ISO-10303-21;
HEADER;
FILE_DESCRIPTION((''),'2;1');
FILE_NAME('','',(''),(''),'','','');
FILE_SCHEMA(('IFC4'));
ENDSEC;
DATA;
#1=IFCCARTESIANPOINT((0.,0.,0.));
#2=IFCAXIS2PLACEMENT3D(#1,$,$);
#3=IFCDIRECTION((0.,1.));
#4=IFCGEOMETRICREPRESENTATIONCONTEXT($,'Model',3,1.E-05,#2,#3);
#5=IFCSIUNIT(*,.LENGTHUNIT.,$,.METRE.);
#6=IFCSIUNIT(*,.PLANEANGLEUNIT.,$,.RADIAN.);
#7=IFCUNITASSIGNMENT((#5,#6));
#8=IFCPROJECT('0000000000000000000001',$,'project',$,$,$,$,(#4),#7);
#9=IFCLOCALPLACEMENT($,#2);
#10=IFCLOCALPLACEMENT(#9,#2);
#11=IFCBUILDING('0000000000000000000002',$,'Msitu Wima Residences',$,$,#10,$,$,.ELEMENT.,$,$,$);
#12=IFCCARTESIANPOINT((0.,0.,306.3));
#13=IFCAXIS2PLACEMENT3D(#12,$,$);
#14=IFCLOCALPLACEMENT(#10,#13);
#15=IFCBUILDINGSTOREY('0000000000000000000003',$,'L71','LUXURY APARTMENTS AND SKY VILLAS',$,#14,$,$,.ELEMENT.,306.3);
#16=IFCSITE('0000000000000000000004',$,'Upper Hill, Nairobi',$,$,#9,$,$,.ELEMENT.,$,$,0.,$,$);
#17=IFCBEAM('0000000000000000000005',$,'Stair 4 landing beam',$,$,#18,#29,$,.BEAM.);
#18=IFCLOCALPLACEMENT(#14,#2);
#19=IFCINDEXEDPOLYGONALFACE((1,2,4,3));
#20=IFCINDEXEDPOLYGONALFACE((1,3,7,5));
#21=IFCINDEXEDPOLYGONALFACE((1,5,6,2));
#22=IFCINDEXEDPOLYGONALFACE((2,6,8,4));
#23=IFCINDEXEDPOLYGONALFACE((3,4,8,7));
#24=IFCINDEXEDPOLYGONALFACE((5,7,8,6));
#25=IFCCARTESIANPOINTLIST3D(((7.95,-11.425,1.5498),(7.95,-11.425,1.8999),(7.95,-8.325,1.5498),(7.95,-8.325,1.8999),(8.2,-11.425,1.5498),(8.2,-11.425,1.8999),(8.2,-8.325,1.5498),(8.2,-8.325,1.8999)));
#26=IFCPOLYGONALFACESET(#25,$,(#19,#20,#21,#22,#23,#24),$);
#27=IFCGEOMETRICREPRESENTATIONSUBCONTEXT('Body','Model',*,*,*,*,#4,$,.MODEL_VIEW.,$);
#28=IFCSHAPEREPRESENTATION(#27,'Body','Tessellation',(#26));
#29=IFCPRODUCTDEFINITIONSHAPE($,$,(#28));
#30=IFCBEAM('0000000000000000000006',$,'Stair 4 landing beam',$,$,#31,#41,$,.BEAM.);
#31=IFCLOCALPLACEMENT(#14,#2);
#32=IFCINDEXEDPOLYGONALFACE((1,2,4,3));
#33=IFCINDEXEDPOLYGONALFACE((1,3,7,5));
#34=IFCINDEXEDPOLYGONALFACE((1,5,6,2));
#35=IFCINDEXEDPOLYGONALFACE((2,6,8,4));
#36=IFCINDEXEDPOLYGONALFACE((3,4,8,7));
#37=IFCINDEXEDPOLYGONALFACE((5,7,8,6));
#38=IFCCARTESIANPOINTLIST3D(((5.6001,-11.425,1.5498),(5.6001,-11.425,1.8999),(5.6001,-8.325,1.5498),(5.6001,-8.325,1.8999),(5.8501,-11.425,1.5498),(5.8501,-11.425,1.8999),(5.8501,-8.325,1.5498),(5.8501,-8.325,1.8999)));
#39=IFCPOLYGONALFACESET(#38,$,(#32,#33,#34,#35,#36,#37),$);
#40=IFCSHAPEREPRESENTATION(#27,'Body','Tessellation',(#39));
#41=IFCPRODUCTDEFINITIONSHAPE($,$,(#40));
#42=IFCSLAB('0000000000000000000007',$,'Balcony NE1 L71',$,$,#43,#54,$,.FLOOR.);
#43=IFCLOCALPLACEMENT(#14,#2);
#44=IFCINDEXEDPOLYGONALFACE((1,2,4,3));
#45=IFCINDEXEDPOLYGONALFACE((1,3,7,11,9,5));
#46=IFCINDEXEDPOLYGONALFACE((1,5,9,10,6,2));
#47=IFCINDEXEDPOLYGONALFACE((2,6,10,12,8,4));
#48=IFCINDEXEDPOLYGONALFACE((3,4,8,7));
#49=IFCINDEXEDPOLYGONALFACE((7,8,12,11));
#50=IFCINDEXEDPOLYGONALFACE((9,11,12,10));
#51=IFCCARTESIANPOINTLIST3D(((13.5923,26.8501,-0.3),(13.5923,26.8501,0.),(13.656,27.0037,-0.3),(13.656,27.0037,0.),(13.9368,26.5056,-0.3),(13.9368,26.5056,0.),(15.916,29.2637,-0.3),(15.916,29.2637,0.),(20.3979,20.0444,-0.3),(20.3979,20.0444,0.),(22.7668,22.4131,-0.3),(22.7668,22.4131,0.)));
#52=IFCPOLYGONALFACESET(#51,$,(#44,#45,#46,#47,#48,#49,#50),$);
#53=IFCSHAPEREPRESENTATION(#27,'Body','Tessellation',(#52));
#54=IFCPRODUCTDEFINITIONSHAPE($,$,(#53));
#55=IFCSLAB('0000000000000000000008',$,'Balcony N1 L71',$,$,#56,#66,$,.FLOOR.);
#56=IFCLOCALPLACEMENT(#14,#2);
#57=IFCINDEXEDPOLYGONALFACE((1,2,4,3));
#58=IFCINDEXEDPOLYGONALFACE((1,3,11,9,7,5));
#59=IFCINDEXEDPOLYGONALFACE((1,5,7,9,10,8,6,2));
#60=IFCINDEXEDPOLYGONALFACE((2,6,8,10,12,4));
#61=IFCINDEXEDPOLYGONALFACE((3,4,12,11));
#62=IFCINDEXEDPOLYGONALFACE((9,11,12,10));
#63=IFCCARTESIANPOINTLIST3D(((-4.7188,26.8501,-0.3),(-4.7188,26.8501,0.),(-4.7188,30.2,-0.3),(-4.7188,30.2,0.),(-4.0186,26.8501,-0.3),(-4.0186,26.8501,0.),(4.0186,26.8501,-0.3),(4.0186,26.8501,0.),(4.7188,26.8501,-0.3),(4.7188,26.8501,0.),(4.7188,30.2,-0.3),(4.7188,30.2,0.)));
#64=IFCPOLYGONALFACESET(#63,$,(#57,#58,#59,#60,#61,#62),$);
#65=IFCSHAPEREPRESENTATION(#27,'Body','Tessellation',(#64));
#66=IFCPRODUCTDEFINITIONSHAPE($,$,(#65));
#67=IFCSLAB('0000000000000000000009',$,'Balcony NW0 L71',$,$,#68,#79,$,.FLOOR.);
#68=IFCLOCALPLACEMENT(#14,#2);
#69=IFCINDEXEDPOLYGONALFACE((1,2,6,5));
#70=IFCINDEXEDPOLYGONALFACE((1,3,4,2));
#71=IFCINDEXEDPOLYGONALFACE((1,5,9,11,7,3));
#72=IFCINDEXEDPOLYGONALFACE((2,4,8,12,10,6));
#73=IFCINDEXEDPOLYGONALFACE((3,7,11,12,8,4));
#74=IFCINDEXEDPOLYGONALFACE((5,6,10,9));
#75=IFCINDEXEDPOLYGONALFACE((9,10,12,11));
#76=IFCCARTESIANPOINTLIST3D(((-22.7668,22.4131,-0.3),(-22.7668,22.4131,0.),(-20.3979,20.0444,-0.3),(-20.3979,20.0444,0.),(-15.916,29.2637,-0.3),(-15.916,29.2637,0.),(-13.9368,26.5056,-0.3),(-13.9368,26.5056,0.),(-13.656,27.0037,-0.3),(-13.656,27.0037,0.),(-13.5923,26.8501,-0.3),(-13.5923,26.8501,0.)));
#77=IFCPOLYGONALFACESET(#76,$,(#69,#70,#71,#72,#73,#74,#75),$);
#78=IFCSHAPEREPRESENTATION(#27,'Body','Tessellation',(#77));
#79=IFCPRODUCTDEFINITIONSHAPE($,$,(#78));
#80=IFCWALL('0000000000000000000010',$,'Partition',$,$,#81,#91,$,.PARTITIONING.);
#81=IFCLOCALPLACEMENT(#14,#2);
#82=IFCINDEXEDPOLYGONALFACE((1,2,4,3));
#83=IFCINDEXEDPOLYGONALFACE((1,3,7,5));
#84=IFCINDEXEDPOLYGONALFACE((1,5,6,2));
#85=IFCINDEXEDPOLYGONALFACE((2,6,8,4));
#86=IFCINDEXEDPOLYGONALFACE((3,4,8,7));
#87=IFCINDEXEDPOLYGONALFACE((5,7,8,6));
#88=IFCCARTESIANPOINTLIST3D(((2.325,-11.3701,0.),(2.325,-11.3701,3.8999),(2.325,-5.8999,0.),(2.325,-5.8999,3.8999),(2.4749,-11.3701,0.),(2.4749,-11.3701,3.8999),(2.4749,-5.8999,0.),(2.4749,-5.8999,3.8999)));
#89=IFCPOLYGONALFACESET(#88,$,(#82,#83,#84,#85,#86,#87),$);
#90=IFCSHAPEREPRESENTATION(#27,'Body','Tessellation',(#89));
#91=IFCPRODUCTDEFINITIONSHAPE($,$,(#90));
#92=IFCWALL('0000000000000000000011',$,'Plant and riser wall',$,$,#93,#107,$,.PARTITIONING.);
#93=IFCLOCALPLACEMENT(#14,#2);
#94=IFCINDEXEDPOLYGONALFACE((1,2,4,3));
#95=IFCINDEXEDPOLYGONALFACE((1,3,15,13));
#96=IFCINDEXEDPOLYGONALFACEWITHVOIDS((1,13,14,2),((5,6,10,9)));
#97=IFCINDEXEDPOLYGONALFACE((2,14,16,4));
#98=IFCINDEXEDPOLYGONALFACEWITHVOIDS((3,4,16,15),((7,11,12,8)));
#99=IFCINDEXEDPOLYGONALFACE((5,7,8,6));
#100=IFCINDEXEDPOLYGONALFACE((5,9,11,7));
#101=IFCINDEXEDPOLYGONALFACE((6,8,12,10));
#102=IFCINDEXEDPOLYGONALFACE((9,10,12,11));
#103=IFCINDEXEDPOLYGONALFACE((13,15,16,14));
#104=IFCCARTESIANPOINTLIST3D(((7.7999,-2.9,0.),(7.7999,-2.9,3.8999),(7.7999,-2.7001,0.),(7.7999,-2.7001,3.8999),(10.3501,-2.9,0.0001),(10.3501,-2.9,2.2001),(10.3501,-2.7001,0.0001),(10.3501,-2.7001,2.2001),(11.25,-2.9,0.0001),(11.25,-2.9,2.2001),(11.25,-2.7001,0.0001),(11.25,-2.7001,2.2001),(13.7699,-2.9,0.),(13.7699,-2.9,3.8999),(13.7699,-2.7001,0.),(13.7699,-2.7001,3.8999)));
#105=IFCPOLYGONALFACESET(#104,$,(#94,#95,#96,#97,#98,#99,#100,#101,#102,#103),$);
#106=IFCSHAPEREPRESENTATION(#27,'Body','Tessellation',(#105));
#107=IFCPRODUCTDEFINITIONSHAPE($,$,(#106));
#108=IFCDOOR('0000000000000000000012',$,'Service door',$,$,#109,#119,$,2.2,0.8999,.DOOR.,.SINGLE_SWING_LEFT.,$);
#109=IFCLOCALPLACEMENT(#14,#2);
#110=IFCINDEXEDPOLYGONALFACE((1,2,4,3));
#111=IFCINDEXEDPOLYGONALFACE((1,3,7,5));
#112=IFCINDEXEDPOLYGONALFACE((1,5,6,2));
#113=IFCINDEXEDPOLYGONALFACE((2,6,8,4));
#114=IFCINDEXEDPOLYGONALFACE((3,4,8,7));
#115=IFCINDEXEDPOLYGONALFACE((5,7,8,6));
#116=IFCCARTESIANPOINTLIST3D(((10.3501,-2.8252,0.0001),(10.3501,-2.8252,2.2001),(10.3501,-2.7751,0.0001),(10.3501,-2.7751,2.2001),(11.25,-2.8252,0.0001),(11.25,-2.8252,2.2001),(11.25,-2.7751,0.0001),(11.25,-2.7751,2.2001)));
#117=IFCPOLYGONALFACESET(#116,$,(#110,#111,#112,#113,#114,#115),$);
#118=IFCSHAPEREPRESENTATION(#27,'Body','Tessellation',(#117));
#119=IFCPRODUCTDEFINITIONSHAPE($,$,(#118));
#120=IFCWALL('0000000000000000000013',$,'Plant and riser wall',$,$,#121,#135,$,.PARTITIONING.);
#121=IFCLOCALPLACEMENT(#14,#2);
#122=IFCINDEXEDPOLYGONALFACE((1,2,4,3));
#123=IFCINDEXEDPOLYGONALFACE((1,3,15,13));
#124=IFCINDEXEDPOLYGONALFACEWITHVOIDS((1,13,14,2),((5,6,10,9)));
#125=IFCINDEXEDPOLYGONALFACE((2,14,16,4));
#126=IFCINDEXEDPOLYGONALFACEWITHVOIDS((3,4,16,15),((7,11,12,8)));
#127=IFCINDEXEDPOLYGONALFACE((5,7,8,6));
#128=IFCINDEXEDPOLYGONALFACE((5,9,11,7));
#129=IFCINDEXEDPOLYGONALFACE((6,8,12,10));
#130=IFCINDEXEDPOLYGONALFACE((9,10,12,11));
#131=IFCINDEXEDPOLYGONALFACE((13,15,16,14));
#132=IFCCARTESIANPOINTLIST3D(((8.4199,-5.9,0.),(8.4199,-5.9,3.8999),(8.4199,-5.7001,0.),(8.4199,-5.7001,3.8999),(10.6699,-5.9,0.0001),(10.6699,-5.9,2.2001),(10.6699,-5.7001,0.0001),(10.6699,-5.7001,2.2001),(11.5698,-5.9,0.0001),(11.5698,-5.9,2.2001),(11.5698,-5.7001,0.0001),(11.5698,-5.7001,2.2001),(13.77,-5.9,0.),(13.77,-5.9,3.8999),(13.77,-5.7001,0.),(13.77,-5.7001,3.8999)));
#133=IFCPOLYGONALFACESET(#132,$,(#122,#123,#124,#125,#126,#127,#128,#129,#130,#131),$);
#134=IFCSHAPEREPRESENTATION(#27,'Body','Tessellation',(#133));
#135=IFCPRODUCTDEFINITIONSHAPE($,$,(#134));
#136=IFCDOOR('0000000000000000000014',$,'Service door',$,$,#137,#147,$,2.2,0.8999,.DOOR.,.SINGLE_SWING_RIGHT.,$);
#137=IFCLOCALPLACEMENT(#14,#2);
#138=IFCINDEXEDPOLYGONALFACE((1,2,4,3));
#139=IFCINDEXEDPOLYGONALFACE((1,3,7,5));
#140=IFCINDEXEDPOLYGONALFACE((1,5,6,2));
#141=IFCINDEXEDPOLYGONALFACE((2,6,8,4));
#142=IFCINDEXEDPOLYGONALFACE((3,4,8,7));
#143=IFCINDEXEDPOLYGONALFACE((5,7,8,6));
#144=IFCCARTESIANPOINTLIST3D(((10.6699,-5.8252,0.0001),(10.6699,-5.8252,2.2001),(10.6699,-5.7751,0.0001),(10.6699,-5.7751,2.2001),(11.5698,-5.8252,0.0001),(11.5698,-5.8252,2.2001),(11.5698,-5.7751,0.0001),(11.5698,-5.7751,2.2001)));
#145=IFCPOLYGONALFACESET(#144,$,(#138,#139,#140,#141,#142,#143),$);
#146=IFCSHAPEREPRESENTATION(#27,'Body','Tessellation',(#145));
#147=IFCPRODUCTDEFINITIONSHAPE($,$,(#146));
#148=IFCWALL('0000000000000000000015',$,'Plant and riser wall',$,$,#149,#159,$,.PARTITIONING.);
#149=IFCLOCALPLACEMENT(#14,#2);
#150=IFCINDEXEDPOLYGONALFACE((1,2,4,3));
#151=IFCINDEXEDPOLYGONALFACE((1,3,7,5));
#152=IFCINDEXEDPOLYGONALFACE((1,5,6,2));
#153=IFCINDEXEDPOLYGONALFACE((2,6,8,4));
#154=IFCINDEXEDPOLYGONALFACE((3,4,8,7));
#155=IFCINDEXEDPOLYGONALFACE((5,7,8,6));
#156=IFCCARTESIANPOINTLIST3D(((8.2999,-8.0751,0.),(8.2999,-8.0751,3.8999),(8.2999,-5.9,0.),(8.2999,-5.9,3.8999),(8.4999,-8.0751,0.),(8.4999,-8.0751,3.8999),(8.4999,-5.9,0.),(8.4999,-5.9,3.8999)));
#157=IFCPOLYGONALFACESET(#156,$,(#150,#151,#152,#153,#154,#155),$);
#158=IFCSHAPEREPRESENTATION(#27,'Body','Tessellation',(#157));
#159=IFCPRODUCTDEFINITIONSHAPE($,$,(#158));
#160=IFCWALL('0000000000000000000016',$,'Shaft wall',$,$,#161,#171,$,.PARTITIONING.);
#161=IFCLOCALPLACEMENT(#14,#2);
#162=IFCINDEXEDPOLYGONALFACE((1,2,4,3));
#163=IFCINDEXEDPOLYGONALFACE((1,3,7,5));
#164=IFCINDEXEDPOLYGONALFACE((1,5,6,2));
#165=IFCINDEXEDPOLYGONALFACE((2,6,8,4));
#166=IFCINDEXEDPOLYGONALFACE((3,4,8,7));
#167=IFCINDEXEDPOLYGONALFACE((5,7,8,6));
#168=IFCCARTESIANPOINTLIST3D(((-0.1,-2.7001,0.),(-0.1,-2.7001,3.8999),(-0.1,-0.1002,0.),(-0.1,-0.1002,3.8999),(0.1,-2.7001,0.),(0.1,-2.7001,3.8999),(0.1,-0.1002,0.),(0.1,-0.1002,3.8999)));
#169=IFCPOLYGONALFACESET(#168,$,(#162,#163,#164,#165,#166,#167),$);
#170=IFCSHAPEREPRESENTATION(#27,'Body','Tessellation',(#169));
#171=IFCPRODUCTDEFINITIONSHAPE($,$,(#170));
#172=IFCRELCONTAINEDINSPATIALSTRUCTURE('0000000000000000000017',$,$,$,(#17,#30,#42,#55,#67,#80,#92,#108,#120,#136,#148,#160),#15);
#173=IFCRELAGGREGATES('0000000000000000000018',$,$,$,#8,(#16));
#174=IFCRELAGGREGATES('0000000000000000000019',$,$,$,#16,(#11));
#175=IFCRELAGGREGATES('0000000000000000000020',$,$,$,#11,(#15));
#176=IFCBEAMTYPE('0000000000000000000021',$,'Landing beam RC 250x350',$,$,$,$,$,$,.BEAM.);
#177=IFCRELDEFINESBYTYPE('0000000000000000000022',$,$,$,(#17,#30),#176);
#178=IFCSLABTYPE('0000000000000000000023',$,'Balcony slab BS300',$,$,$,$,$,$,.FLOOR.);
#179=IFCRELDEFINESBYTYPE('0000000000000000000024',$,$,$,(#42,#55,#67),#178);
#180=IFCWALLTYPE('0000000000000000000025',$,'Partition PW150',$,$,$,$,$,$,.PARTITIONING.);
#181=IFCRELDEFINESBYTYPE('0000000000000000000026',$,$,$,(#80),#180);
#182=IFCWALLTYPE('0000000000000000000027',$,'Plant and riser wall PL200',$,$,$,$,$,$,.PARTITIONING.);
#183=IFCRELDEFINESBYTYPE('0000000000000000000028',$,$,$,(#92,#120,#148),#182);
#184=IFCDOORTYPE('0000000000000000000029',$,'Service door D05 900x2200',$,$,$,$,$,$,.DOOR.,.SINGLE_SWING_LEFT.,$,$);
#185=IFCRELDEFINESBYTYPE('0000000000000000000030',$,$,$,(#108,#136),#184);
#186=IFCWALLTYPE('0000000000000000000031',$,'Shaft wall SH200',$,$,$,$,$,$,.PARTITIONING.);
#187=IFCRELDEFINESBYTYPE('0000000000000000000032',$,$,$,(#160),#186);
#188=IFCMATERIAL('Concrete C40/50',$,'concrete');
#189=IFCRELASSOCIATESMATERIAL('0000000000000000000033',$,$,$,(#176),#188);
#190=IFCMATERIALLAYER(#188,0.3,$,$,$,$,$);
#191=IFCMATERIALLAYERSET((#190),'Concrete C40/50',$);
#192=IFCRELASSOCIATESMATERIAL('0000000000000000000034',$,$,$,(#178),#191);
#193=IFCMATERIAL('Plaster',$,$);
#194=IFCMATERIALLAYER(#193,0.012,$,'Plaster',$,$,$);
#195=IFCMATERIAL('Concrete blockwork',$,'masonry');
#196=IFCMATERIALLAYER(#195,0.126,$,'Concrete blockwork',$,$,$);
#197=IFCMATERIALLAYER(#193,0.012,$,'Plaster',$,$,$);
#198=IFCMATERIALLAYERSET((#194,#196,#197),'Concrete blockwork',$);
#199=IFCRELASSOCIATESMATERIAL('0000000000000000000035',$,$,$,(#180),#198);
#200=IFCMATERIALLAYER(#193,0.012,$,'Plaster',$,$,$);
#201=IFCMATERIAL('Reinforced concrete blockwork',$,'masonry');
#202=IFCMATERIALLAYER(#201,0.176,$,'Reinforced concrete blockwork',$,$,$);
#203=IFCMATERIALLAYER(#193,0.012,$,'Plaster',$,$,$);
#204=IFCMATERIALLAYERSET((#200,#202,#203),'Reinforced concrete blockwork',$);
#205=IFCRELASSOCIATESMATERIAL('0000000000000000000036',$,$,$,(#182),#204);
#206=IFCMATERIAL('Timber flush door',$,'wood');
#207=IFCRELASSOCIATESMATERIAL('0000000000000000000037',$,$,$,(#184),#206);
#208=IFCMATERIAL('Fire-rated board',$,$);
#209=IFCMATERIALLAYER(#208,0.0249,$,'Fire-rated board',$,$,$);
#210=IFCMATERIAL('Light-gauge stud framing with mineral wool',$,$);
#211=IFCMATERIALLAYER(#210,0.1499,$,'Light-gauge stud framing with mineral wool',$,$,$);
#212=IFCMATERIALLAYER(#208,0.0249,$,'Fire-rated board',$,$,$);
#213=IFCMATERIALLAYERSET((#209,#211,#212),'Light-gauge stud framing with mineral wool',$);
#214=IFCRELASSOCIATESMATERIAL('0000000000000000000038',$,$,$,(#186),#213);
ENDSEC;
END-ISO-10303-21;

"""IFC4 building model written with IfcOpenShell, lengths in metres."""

from ifc_helpers import new_model, si_unit, direction, frame, frame_2d, origin, origin_2d, place, context, subcontext, project, spatial, polyline, rectangle, outline, extrude, material, layer, layer_set, material_profile, profile_set, type_object, element, fill, save


model = new_model("IFC4")

# Units and contexts
model_context = context("Model", 3, precision=1e-05, world=origin(), true_north=direction((0.0, 1.0)))
body_context = subcontext(model_context, "Body", "Model", "MODEL_VIEW")
ifc_project = project(units=[si_unit("LENGTHUNIT", "METRE"), si_unit("PLANEANGLEUNIT", "RADIAN")], contexts=[model_context])

# Site, building, storey
site_placement = place(None, origin())
site = spatial("IfcSite", under=ifc_project, at=site_placement, Name="Upper Hill, Nairobi", CompositionType="ELEMENT", RefElevation=0.0)
building_placement = place(site_placement, origin())
building = spatial("IfcBuilding", under=site, at=building_placement, Name="Msitu Wima Residences", CompositionType="ELEMENT")
storey_placement = place(building_placement, frame((0.0, 0.0, 306.3)))
storey = spatial("IfcBuildingStorey", under=building, at=storey_placement, Name="L71", Description="LUXURY APARTMENTS AND SKY VILLAS", CompositionType="ELEMENT", Elevation=306.3)

# Beams
ifc_material_1 = material(Name="Concrete C40/50", Category="concrete")
ifc_material_profile = material_profile(ifc_material_1, rectangle(XDim=0.25, YDim=0.3501, at=origin_2d()), Name="RC 250x350")
ifc_profile_set = profile_set([ifc_material_profile], Name="Concrete C40/50")
beam_type = type_object("IfcBeamType", Name="Landing beam RC 250x350", PredefinedType="BEAM", material=ifc_profile_set)
for number, where, z_axis, x_axis, name in (
    (1, (8.075, -11.425, 1.7249), (0.0, 1.0, 0.0), (-1.0, 0.0, 0.0), "Stair 4 landing beam"),
    (2, (5.7251, -11.425, 1.7249), (0.0, 1.0, 0.0), (-1.0, 0.0, 0.0), "Stair 4 landing beam"),
):
    element("IfcBeam", number, at=place(storey_placement, frame(where, z_axis=z_axis, x_axis=x_axis)), inside=storey, type_object=beam_type, Name=name, PredefinedType="BEAM", context=body_context, shape_type="SweptSolid", body=[
        extrude(rectangle(XDim=0.25, YDim=0.3501, at=origin_2d()), origin(), (0.0, 0.0, 1.0), 3.1001),
    ])

# Slabs
ifc_layer_1 = layer(ifc_material_1, 0.3)
ifc_layer_set_1 = layer_set([ifc_layer_1], Name="Concrete C40/50")
slab_type = type_object("IfcSlabType", Name="Balcony slab BS300", PredefinedType="FLOOR", material=ifc_layer_set_1)
slab_1_placement = place(storey_placement, frame((0.0, 0.0, -0.3)))
element("IfcSlab", 3, at=slab_1_placement, inside=storey, type_object=slab_type, Name="Balcony NE1 L71", PredefinedType="FLOOR", context=body_context, shape_type="SweptSolid", body=[
    extrude(outline(polyline([(13.9368, 26.5056), (13.9368, 26.5056), (13.5923, 26.8501), (13.656, 27.0037), (15.916, 29.2637), (22.7668, 22.4131), (20.3979, 20.0444), (13.9368, 26.5056), (13.9368, 26.5056)])), origin(), (0.0, 0.0, 1.0), 0.3),
])
slab_2_placement = place(storey_placement, frame((0.0, 0.0, -0.3)))
element("IfcSlab", 4, at=slab_2_placement, inside=storey, type_object=slab_type, Name="Balcony N1 L71", PredefinedType="FLOOR", context=body_context, shape_type="SweptSolid", body=[
    extrude(outline(polyline([(4.0186, 26.8501), (-4.0186, 26.8501), (-4.7188, 26.8501), (-4.7188, 30.2), (4.7188, 30.2), (4.7188, 26.8501), (4.0186, 26.8501)])), origin(), (0.0, 0.0, 1.0), 0.3),
])
slab_3_placement = place(storey_placement, frame((0.0, 0.0, -0.3)))
element("IfcSlab", 5, at=slab_3_placement, inside=storey, type_object=slab_type, Name="Balcony NW0 L71", PredefinedType="FLOOR", context=body_context, shape_type="SweptSolid", body=[
    extrude(outline(polyline([(-13.9368, 26.5056), (-13.9368, 26.5056), (-20.3979, 20.0444), (-22.7668, 22.4131), (-15.916, 29.2637), (-13.656, 27.0037), (-13.5923, 26.8501), (-13.9368, 26.5056), (-13.9368, 26.5056)])), origin(), (0.0, 0.0, 1.0), 0.3),
])

# Wall
ifc_material_2 = material(Name="Plaster")
ifc_layer_2 = layer(ifc_material_2, 0.012, Name="Plaster")
ifc_material_3 = material(Name="Concrete blockwork", Category="masonry")
ifc_layer_3 = layer(ifc_material_3, 0.126, Name="Concrete blockwork")
ifc_layer_4 = layer(ifc_material_2, 0.012, Name="Plaster")
ifc_layer_set_2 = layer_set([ifc_layer_2, ifc_layer_3, ifc_layer_4], Name="Concrete blockwork")
wall_type_1 = type_object("IfcWallType", Name="Partition PW150", PredefinedType="PARTITIONING", material=ifc_layer_set_2)
wall_1_placement = place(storey_placement, frame((2.3999, -11.3701, 0.0), z_axis=(0.0, 0.0, 1.0), x_axis=(0.0, 1.0, 0.0)))
element("IfcWall", 6, at=wall_1_placement, inside=storey, type_object=wall_type_1, Name="Partition", PredefinedType="PARTITIONING", context=body_context, shape_type="SweptSolid", body=[
    extrude(rectangle(XDim=5.4702, YDim=0.1499, at=frame_2d((2.7351, 0.0))), origin(), (0.0, 0.0, 1.0), 3.8999),
])

# Walls, openings, doors
ifc_layer_5 = layer(ifc_material_2, 0.012, Name="Plaster")
ifc_material_4 = material(Name="Reinforced concrete blockwork", Category="masonry")
ifc_layer_6 = layer(ifc_material_4, 0.176, Name="Reinforced concrete blockwork")
ifc_layer_7 = layer(ifc_material_2, 0.012, Name="Plaster")
ifc_layer_set_3 = layer_set([ifc_layer_5, ifc_layer_6, ifc_layer_7], Name="Reinforced concrete blockwork")
wall_type_2 = type_object("IfcWallType", Name="Plant and riser wall PL200", PredefinedType="PARTITIONING", material=ifc_layer_set_3)
wall_2_placement = place(storey_placement, frame((7.8, -2.8, 0.0), z_axis=(0.0, 0.0, 1.0), x_axis=(1.0, 0.0, 0.0)))
wall_2 = element("IfcWall", 7, at=wall_2_placement, inside=storey, type_object=wall_type_2, Name="Plant and riser wall", PredefinedType="PARTITIONING", context=body_context, shape_type="SweptSolid", body=[
    extrude(rectangle(XDim=5.97, YDim=0.2, at=frame_2d((2.9849, 0.0))), origin(), (0.0, 0.0, 1.0), 3.8999),
])
opening_1_placement = place(wall_2_placement, frame((2.55, 0.0, 0.0)))
opening_1 = element("IfcOpeningElement", 8, at=opening_1_placement, cuts=wall_2, PredefinedType="OPENING", context=body_context, shape_type="SweptSolid", body=[
    extrude(rectangle(XDim=0.8999, YDim=2.2, at=frame_2d((0.45, 1.1001))), frame((0.0, 0.1099, 0.0), z_axis=(0.0, -1.0, 0.0), x_axis=(1.0, 0.0, 0.0)), (0.0, 0.0, 1.0), 0.22),
])
ifc_material_5 = material(Name="Timber flush door", Category="wood")
door_type = type_object("IfcDoorType", Name="Service door D05 900x2200", OperationType="SINGLE_SWING_LEFT", PredefinedType="DOOR", material=ifc_material_5)
door_1_placement = place(opening_1_placement, origin())
door_1 = element("IfcDoor", 9, at=door_1_placement, inside=storey, type_object=door_type, Name="Service door", OperationType="SINGLE_SWING_LEFT", OverallHeight=2.2, OverallWidth=0.8999, PredefinedType="DOOR", context=body_context, shape_type="SweptSolid", body=[
    extrude(rectangle(XDim=0.8999, YDim=2.2, at=frame_2d((0.45, 1.1001))), frame((0.0, 0.0249, 0.0), z_axis=(0.0, -1.0, 0.0), x_axis=(1.0, 0.0, 0.0)), (0.0, 0.0, 1.0), 0.05),
])
fill(opening_1, door_1)
wall_3_placement = place(storey_placement, frame((8.4199, -5.8, 0.0), z_axis=(0.0, 0.0, 1.0), x_axis=(1.0, 0.0, 0.0)))
wall_3 = element("IfcWall", 10, at=wall_3_placement, inside=storey, type_object=wall_type_2, Name="Plant and riser wall", PredefinedType="PARTITIONING", context=body_context, shape_type="SweptSolid", body=[
    extrude(rectangle(XDim=5.3501, YDim=0.2, at=frame_2d((2.675, 0.0))), origin(), (0.0, 0.0, 1.0), 3.8999),
])
opening_2_placement = place(wall_3_placement, frame((2.25, 0.0, 0.0)))
opening_2 = element("IfcOpeningElement", 11, at=opening_2_placement, cuts=wall_3, PredefinedType="OPENING", context=body_context, shape_type="SweptSolid", body=[
    extrude(rectangle(XDim=0.8999, YDim=2.2, at=frame_2d((0.45, 1.1001))), frame((0.0, 0.1099, 0.0), z_axis=(0.0, -1.0, 0.0), x_axis=(1.0, 0.0, 0.0)), (0.0, 0.0, 1.0), 0.22),
])
door_2_placement = place(opening_2_placement, origin())
door_2 = element("IfcDoor", 12, at=door_2_placement, inside=storey, type_object=door_type, Name="Service door", OperationType="SINGLE_SWING_RIGHT", OverallHeight=2.2, OverallWidth=0.8999, PredefinedType="DOOR", context=body_context, shape_type="SweptSolid", body=[
    extrude(rectangle(XDim=0.8999, YDim=2.2, at=frame_2d((0.45, 1.1001))), frame((0.0, 0.0249, 0.0), z_axis=(0.0, -1.0, 0.0), x_axis=(1.0, 0.0, 0.0)), (0.0, 0.0, 1.0), 0.05),
])
fill(opening_2, door_2)

# Walls
wall_4_placement = place(storey_placement, frame((8.3999, -8.075, 0.0), z_axis=(0.0, 0.0, 1.0), x_axis=(0.0, 1.0, 0.0)))
element("IfcWall", 13, at=wall_4_placement, inside=storey, type_object=wall_type_2, Name="Plant and riser wall", PredefinedType="PARTITIONING", context=body_context, shape_type="SweptSolid", body=[
    extrude(rectangle(XDim=2.175, YDim=0.2, at=frame_2d((1.0874, 0.0))), origin(), (0.0, 0.0, 1.0), 3.8999),
])
ifc_material_6 = material(Name="Fire-rated board")
ifc_layer_8 = layer(ifc_material_6, 0.0249, Name="Fire-rated board")
ifc_material_7 = material(Name="Light-gauge stud framing with mineral wool")
ifc_layer_9 = layer(ifc_material_7, 0.1499, Name="Light-gauge stud framing with mineral wool")
ifc_layer_10 = layer(ifc_material_6, 0.0249, Name="Fire-rated board")
ifc_layer_set_4 = layer_set([ifc_layer_8, ifc_layer_9, ifc_layer_10], Name="Light-gauge stud framing with mineral wool")
wall_type_3 = type_object("IfcWallType", Name="Shaft wall SH200", PredefinedType="PARTITIONING", material=ifc_layer_set_4)
for number, where, z_axis, x_axis, name in (
    (14, (0.0, -2.7, 0.0), (0.0, 0.0, 1.0), (0.0, 1.0, 0.0), "Shaft wall"),
):
    element("IfcWall", number, at=place(storey_placement, frame(where, z_axis=z_axis, x_axis=x_axis)), inside=storey, type_object=wall_type_3, Name=name, PredefinedType="PARTITIONING", context=body_context, shape_type="SweptSolid", body=[
        extrude(rectangle(XDim=2.5999, YDim=0.2, at=frame_2d((1.2998, 0.0))), origin(), (0.0, 0.0, 1.0), 3.8999),
    ])

save(model, "model.ifc")
